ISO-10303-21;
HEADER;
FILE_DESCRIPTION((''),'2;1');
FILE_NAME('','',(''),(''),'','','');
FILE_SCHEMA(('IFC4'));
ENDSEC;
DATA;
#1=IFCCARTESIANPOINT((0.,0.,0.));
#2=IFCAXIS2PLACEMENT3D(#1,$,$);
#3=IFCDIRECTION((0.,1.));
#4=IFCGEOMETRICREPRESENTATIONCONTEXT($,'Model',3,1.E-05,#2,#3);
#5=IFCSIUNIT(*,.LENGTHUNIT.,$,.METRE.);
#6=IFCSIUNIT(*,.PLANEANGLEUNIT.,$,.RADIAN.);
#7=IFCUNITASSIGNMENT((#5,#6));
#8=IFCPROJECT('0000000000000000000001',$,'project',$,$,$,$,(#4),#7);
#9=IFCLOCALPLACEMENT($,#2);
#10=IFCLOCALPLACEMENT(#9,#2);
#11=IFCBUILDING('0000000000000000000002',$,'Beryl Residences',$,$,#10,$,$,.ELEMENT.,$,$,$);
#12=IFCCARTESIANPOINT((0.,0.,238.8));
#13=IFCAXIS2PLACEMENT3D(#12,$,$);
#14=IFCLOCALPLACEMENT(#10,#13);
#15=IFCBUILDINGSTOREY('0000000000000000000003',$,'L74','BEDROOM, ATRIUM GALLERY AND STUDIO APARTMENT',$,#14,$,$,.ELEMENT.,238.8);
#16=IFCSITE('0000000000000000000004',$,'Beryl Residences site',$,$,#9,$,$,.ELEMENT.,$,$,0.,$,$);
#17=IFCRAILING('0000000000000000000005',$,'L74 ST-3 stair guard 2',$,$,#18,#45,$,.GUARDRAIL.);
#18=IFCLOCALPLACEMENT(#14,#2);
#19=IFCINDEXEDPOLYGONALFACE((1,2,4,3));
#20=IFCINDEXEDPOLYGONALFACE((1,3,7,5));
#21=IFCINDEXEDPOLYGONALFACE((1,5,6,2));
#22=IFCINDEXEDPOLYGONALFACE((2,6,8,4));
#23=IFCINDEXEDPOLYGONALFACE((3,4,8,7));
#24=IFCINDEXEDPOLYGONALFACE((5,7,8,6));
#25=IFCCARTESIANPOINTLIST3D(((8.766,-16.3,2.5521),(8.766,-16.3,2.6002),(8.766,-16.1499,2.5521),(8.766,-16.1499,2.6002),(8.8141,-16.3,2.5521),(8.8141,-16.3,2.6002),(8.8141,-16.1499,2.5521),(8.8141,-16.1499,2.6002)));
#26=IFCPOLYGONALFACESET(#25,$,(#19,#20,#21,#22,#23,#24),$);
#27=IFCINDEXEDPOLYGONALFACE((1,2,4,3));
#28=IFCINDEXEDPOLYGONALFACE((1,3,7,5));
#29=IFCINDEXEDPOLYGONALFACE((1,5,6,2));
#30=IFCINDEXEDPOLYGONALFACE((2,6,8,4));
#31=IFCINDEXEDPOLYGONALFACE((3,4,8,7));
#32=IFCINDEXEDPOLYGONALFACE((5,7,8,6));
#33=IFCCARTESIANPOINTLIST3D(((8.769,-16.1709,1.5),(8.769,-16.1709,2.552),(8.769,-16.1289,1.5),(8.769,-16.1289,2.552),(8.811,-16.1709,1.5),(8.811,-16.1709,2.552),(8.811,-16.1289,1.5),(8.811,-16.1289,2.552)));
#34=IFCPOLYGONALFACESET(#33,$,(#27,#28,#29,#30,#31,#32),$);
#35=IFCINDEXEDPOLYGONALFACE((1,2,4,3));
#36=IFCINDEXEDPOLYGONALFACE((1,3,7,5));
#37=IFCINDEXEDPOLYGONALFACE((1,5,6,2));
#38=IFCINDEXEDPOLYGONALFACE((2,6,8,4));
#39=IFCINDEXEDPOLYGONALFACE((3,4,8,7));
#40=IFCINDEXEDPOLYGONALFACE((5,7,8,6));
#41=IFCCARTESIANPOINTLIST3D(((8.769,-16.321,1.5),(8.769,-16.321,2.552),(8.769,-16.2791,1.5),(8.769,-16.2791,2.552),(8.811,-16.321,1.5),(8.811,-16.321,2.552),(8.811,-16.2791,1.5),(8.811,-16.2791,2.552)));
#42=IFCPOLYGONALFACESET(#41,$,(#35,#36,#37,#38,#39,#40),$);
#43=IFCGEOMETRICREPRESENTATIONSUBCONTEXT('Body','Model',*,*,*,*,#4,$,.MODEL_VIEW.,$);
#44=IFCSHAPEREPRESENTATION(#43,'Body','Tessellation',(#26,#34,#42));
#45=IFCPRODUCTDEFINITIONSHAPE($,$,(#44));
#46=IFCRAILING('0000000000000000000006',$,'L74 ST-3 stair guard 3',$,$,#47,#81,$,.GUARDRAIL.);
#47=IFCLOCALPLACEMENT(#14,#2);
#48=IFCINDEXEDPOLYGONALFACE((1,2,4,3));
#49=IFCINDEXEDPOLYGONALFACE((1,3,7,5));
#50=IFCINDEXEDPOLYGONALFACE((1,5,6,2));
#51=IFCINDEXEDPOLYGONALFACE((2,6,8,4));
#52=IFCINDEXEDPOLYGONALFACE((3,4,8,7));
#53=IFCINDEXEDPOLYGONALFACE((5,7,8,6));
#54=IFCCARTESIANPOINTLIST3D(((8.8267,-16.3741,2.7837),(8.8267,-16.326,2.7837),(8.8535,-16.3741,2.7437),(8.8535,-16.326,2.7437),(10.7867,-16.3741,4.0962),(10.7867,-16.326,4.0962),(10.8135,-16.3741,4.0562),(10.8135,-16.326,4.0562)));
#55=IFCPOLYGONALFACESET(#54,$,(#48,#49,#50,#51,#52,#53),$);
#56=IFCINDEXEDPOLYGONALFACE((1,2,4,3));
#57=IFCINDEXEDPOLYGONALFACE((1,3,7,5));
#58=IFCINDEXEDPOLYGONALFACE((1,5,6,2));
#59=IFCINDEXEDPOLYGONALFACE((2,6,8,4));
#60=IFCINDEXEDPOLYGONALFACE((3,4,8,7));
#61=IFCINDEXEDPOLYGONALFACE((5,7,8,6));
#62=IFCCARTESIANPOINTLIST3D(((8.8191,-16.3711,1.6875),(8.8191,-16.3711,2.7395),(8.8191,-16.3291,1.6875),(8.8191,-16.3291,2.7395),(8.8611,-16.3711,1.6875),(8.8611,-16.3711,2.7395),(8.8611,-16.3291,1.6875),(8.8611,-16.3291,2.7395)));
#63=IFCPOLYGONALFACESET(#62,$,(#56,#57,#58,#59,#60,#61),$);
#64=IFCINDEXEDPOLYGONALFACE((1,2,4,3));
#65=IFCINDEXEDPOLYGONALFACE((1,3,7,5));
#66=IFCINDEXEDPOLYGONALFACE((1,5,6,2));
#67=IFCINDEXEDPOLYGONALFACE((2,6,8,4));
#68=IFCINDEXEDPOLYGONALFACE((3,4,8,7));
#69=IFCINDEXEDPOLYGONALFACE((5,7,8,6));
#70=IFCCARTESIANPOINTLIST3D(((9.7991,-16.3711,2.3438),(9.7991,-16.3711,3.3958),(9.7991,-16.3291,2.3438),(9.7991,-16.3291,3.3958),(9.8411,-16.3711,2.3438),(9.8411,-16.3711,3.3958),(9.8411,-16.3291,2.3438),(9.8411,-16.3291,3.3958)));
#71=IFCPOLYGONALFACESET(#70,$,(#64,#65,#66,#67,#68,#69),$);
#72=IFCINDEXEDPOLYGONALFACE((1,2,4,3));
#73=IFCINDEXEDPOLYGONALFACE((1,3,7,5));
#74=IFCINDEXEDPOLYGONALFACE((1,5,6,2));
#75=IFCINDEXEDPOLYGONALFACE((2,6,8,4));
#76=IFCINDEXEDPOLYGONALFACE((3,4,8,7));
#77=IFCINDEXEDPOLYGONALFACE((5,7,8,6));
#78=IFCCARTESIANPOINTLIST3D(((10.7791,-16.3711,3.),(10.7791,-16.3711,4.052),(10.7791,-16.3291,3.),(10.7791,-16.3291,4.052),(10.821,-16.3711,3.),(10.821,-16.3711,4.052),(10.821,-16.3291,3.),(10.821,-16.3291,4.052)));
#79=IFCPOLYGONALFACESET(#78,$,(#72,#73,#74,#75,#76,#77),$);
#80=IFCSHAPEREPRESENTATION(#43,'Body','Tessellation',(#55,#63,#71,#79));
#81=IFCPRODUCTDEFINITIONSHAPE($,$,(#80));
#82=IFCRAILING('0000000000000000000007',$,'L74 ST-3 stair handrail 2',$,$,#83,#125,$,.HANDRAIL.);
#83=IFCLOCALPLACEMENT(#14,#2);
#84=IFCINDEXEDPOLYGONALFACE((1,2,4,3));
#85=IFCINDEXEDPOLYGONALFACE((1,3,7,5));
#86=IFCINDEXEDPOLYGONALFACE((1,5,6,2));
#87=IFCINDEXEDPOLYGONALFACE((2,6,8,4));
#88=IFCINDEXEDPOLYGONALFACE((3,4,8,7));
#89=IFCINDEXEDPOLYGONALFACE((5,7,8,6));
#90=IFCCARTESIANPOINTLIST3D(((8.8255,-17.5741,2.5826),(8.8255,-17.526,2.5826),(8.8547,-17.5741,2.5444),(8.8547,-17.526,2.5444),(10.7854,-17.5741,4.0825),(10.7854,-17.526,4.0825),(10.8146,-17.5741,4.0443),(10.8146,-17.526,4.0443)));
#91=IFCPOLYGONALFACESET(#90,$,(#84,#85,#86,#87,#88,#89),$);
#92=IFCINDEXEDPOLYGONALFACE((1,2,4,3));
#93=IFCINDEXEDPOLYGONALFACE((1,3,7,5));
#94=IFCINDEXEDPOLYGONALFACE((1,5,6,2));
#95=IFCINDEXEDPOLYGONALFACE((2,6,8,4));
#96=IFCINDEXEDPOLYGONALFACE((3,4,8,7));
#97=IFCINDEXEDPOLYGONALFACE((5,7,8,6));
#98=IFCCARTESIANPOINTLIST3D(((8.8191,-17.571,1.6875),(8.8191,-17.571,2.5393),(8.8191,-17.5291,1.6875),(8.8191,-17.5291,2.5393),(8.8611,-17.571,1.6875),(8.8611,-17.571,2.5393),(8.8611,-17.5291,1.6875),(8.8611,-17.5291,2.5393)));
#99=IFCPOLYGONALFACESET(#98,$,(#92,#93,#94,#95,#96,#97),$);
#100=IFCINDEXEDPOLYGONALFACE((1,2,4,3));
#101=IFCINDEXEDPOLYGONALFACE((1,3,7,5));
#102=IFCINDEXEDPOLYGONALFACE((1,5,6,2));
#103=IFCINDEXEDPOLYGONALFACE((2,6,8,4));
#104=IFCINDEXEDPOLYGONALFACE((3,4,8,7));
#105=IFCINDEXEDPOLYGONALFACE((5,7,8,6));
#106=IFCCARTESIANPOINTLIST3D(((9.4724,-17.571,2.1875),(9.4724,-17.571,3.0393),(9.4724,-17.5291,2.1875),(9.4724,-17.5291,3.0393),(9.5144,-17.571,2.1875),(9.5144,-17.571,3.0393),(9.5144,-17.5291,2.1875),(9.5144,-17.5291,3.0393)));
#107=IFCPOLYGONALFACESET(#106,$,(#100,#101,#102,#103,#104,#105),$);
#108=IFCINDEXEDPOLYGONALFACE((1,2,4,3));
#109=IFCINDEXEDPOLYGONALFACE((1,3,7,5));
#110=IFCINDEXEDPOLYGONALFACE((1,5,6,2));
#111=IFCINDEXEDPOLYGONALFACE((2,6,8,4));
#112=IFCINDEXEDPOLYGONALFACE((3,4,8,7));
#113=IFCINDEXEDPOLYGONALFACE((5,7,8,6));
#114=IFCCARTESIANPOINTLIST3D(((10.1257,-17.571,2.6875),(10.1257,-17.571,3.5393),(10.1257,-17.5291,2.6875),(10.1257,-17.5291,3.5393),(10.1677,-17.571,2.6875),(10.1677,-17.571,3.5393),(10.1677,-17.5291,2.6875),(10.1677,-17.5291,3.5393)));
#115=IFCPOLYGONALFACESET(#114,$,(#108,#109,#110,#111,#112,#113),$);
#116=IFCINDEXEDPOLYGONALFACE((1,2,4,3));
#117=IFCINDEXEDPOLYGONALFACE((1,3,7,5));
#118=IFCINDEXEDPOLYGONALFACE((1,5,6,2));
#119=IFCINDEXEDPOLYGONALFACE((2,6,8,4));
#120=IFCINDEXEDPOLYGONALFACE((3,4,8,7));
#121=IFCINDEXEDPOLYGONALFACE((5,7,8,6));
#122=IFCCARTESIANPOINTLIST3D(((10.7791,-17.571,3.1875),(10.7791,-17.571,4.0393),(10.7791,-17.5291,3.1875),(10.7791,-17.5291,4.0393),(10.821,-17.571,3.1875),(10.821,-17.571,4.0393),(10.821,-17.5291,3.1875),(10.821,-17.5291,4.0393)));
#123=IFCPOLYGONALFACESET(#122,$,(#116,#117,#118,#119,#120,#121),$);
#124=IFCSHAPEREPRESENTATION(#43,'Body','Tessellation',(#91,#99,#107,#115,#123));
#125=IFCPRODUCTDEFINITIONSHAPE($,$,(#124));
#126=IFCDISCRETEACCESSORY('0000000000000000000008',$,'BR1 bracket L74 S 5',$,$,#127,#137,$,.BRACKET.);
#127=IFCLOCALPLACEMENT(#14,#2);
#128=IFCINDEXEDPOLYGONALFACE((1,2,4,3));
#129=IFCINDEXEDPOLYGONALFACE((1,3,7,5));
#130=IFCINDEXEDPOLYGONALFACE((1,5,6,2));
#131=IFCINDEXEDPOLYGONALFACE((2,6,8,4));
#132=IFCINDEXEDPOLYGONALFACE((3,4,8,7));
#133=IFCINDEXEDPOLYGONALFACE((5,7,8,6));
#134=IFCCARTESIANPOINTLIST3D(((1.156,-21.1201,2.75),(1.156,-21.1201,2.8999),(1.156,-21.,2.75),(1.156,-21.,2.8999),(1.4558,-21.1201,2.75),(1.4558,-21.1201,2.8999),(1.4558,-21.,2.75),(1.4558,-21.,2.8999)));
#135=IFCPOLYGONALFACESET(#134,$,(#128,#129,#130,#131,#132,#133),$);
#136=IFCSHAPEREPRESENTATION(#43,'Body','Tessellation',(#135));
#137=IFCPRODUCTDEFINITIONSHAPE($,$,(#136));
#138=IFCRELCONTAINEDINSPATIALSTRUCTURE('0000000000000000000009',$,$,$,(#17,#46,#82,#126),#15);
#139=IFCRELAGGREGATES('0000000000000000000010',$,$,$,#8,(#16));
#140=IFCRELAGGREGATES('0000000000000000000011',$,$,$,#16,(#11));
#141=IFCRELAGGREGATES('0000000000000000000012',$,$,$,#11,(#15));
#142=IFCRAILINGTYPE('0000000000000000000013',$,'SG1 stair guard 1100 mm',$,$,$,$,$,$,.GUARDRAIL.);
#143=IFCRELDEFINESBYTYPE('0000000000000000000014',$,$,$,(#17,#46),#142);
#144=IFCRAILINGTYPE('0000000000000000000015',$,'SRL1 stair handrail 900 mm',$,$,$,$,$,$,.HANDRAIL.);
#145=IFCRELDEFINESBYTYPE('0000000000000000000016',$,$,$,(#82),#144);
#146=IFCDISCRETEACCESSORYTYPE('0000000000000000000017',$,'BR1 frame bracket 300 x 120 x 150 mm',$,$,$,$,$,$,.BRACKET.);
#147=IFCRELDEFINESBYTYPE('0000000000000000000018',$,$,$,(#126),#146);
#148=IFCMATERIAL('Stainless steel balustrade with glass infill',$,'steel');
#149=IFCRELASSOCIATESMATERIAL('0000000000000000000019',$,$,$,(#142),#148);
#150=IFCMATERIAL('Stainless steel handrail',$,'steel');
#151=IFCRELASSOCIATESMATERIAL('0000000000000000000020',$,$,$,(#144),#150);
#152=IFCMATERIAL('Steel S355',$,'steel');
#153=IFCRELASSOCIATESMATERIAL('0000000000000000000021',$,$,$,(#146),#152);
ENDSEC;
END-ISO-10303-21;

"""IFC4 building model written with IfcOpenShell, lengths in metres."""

from ifc_helpers import new_model, si_unit, direction, frame, origin, origin_2d, place, context, subcontext, project, spatial, polyline, rectangle, outline, extrude, source, transform, mapped, material, type_object, type_shapes, element, save


model = new_model("IFC4")

# Units and contexts
model_context = context("Model", 3, precision=1e-05, world=origin(), true_north=direction((0.0, 1.0)))
body_context = subcontext(model_context, "Body", "Model", "MODEL_VIEW")
ifc_project = project(units=[si_unit("LENGTHUNIT", "METRE"), si_unit("PLANEANGLEUNIT", "RADIAN")], contexts=[model_context])

# Site, building, storey
site_placement = place(None, origin())
site = spatial("IfcSite", under=ifc_project, at=site_placement, Name="Beryl Residences site", CompositionType="ELEMENT", RefElevation=0.0)
building_placement = place(site_placement, origin())
building = spatial("IfcBuilding", under=site, at=building_placement, Name="Beryl Residences", CompositionType="ELEMENT")
storey_placement = place(building_placement, frame((0.0, 0.0, 238.8)))
storey = spatial("IfcBuildingStorey", under=building, at=storey_placement, Name="L74", Description="BEDROOM, ATRIUM GALLERY AND STUDIO APARTMENT", CompositionType="ELEMENT", Elevation=238.8)

# Railings
ifc_material_1 = material(Name="Stainless steel balustrade with glass infill", Category="steel")
railing_type_1 = type_object("IfcRailingType", Name="SG1 stair guard 1100 mm", PredefinedType="GUARDRAIL", material=ifc_material_1)
railing_1_placement = place(storey_placement, frame((8.79, -16.1499, 1.5)))
element("IfcRailing", 1, at=railing_1_placement, inside=storey, type_object=railing_type_1, Name="L74 ST-3 stair guard 2", PredefinedType="GUARDRAIL", context=body_context, shape_type="SweptSolid", body=[
    extrude(rectangle(XDim=0.0481, YDim=0.0481, at=origin_2d()), frame((0.0, 0.0, 1.0762), z_axis=(0.0, -1.0, 0.0), x_axis=(1.0, 0.0, 0.0)), (0.0, 0.0, 1.0), 0.1501),
    extrude(rectangle(XDim=0.042, YDim=0.042, at=origin_2d()), origin(), (0.0, 0.0, 1.0), 1.052),
    extrude(rectangle(XDim=0.042, YDim=0.042, at=origin_2d()), frame((0.0, -0.1501, 0.0)), (0.0, 0.0, 1.0), 1.052),
])
railing_2_placement = place(storey_placement, frame((8.8401, -16.3501, 1.6875)))
element("IfcRailing", 2, at=railing_2_placement, inside=storey, type_object=railing_type_1, Name="L74 ST-3 stair guard 3", PredefinedType="GUARDRAIL", context=body_context, shape_type="SweptSolid", body=[
    extrude(rectangle(XDim=0.0481, YDim=0.0481, at=origin_2d()), frame((0.0, 0.0, 1.0762), z_axis=(0.830902, 0.0, 0.556419), x_axis=(0.0, 1.0, 0.0)), (0.0, 0.0, 1.0), 2.3589),
    extrude(rectangle(XDim=0.042, YDim=0.042, at=origin_2d()), origin(), (0.0, 0.0, 1.0), 1.052),
    extrude(rectangle(XDim=0.042, YDim=0.042, at=origin_2d()), frame((0.98, 0.0, 0.6562)), (0.0, 0.0, 1.0), 1.052),
    extrude(rectangle(XDim=0.042, YDim=0.042, at=origin_2d()), frame((1.96, 0.0, 1.3125)), (0.0, 0.0, 1.0), 1.052),
])
ifc_material_2 = material(Name="Stainless steel handrail", Category="steel")
railing_type_2 = type_object("IfcRailingType", Name="SRL1 stair handrail 900 mm", PredefinedType="HANDRAIL", material=ifc_material_2)
railing_3_placement = place(storey_placement, frame((8.8401, -17.55, 1.6875)))
element("IfcRailing", 3, at=railing_3_placement, inside=storey, type_object=railing_type_2, Name="L74 ST-3 stair handrail 2", PredefinedType="HANDRAIL", context=body_context, shape_type="SweptSolid", body=[
    extrude(rectangle(XDim=0.0481, YDim=0.0481, at=origin_2d()), frame((0.0, 0.0, 0.876), z_axis=(0.794122, 0.0, 0.607758), x_axis=(0.0, 1.0, 0.0)), (0.0, 0.0, 1.0), 2.468),
    extrude(rectangle(XDim=0.042, YDim=0.042, at=origin_2d()), origin(), (0.0, 0.0, 1.0), 0.8518),
    extrude(rectangle(XDim=0.042, YDim=0.042, at=origin_2d()), frame((0.6533, 0.0, 0.5)), (0.0, 0.0, 1.0), 0.8518),
    extrude(rectangle(XDim=0.042, YDim=0.042, at=origin_2d()), frame((1.3066, 0.0, 1.0)), (0.0, 0.0, 1.0), 0.8518),
    extrude(rectangle(XDim=0.042, YDim=0.042, at=origin_2d()), frame((1.96, 0.0, 1.5)), (0.0, 0.0, 1.0), 0.8518),
])

# Discrete accessory
ifc_material_3 = material(Name="Steel S355", Category="steel")
discrete_accessory_type = type_object("IfcDiscreteAccessoryType", Name="BR1 frame bracket 300 x 120 x 150 mm", PredefinedType="BRACKET", material=ifc_material_3)
shared_shape_1 = source(origin(), body_context, "Body", "SweptSolid", [
    extrude(outline(polyline([(-0.1499, 0.0), (0.1499, 0.0), (0.1499, 0.1201), (-0.1499, 0.1201), (-0.1499, 0.0)])), origin(), (0.0, 0.0, 1.0), 0.1499),
])
type_shapes(discrete_accessory_type, [shared_shape_1])
discrete_accessory_placement = place(storey_placement, frame((1.3059, -21.0, 2.75), z_axis=(0.0, 0.0, 1.0), x_axis=(-1.0, 0.0, 0.0)))
element("IfcDiscreteAccessory", 4, at=discrete_accessory_placement, inside=storey, type_object=discrete_accessory_type, Name="BR1 bracket L74 S 5", PredefinedType="BRACKET", context=body_context, shape_type="MappedRepresentation", body=[
    mapped(shared_shape_1, transform((0.0, 0.0, 0.0))),
])

save(model, "model.ifc")
